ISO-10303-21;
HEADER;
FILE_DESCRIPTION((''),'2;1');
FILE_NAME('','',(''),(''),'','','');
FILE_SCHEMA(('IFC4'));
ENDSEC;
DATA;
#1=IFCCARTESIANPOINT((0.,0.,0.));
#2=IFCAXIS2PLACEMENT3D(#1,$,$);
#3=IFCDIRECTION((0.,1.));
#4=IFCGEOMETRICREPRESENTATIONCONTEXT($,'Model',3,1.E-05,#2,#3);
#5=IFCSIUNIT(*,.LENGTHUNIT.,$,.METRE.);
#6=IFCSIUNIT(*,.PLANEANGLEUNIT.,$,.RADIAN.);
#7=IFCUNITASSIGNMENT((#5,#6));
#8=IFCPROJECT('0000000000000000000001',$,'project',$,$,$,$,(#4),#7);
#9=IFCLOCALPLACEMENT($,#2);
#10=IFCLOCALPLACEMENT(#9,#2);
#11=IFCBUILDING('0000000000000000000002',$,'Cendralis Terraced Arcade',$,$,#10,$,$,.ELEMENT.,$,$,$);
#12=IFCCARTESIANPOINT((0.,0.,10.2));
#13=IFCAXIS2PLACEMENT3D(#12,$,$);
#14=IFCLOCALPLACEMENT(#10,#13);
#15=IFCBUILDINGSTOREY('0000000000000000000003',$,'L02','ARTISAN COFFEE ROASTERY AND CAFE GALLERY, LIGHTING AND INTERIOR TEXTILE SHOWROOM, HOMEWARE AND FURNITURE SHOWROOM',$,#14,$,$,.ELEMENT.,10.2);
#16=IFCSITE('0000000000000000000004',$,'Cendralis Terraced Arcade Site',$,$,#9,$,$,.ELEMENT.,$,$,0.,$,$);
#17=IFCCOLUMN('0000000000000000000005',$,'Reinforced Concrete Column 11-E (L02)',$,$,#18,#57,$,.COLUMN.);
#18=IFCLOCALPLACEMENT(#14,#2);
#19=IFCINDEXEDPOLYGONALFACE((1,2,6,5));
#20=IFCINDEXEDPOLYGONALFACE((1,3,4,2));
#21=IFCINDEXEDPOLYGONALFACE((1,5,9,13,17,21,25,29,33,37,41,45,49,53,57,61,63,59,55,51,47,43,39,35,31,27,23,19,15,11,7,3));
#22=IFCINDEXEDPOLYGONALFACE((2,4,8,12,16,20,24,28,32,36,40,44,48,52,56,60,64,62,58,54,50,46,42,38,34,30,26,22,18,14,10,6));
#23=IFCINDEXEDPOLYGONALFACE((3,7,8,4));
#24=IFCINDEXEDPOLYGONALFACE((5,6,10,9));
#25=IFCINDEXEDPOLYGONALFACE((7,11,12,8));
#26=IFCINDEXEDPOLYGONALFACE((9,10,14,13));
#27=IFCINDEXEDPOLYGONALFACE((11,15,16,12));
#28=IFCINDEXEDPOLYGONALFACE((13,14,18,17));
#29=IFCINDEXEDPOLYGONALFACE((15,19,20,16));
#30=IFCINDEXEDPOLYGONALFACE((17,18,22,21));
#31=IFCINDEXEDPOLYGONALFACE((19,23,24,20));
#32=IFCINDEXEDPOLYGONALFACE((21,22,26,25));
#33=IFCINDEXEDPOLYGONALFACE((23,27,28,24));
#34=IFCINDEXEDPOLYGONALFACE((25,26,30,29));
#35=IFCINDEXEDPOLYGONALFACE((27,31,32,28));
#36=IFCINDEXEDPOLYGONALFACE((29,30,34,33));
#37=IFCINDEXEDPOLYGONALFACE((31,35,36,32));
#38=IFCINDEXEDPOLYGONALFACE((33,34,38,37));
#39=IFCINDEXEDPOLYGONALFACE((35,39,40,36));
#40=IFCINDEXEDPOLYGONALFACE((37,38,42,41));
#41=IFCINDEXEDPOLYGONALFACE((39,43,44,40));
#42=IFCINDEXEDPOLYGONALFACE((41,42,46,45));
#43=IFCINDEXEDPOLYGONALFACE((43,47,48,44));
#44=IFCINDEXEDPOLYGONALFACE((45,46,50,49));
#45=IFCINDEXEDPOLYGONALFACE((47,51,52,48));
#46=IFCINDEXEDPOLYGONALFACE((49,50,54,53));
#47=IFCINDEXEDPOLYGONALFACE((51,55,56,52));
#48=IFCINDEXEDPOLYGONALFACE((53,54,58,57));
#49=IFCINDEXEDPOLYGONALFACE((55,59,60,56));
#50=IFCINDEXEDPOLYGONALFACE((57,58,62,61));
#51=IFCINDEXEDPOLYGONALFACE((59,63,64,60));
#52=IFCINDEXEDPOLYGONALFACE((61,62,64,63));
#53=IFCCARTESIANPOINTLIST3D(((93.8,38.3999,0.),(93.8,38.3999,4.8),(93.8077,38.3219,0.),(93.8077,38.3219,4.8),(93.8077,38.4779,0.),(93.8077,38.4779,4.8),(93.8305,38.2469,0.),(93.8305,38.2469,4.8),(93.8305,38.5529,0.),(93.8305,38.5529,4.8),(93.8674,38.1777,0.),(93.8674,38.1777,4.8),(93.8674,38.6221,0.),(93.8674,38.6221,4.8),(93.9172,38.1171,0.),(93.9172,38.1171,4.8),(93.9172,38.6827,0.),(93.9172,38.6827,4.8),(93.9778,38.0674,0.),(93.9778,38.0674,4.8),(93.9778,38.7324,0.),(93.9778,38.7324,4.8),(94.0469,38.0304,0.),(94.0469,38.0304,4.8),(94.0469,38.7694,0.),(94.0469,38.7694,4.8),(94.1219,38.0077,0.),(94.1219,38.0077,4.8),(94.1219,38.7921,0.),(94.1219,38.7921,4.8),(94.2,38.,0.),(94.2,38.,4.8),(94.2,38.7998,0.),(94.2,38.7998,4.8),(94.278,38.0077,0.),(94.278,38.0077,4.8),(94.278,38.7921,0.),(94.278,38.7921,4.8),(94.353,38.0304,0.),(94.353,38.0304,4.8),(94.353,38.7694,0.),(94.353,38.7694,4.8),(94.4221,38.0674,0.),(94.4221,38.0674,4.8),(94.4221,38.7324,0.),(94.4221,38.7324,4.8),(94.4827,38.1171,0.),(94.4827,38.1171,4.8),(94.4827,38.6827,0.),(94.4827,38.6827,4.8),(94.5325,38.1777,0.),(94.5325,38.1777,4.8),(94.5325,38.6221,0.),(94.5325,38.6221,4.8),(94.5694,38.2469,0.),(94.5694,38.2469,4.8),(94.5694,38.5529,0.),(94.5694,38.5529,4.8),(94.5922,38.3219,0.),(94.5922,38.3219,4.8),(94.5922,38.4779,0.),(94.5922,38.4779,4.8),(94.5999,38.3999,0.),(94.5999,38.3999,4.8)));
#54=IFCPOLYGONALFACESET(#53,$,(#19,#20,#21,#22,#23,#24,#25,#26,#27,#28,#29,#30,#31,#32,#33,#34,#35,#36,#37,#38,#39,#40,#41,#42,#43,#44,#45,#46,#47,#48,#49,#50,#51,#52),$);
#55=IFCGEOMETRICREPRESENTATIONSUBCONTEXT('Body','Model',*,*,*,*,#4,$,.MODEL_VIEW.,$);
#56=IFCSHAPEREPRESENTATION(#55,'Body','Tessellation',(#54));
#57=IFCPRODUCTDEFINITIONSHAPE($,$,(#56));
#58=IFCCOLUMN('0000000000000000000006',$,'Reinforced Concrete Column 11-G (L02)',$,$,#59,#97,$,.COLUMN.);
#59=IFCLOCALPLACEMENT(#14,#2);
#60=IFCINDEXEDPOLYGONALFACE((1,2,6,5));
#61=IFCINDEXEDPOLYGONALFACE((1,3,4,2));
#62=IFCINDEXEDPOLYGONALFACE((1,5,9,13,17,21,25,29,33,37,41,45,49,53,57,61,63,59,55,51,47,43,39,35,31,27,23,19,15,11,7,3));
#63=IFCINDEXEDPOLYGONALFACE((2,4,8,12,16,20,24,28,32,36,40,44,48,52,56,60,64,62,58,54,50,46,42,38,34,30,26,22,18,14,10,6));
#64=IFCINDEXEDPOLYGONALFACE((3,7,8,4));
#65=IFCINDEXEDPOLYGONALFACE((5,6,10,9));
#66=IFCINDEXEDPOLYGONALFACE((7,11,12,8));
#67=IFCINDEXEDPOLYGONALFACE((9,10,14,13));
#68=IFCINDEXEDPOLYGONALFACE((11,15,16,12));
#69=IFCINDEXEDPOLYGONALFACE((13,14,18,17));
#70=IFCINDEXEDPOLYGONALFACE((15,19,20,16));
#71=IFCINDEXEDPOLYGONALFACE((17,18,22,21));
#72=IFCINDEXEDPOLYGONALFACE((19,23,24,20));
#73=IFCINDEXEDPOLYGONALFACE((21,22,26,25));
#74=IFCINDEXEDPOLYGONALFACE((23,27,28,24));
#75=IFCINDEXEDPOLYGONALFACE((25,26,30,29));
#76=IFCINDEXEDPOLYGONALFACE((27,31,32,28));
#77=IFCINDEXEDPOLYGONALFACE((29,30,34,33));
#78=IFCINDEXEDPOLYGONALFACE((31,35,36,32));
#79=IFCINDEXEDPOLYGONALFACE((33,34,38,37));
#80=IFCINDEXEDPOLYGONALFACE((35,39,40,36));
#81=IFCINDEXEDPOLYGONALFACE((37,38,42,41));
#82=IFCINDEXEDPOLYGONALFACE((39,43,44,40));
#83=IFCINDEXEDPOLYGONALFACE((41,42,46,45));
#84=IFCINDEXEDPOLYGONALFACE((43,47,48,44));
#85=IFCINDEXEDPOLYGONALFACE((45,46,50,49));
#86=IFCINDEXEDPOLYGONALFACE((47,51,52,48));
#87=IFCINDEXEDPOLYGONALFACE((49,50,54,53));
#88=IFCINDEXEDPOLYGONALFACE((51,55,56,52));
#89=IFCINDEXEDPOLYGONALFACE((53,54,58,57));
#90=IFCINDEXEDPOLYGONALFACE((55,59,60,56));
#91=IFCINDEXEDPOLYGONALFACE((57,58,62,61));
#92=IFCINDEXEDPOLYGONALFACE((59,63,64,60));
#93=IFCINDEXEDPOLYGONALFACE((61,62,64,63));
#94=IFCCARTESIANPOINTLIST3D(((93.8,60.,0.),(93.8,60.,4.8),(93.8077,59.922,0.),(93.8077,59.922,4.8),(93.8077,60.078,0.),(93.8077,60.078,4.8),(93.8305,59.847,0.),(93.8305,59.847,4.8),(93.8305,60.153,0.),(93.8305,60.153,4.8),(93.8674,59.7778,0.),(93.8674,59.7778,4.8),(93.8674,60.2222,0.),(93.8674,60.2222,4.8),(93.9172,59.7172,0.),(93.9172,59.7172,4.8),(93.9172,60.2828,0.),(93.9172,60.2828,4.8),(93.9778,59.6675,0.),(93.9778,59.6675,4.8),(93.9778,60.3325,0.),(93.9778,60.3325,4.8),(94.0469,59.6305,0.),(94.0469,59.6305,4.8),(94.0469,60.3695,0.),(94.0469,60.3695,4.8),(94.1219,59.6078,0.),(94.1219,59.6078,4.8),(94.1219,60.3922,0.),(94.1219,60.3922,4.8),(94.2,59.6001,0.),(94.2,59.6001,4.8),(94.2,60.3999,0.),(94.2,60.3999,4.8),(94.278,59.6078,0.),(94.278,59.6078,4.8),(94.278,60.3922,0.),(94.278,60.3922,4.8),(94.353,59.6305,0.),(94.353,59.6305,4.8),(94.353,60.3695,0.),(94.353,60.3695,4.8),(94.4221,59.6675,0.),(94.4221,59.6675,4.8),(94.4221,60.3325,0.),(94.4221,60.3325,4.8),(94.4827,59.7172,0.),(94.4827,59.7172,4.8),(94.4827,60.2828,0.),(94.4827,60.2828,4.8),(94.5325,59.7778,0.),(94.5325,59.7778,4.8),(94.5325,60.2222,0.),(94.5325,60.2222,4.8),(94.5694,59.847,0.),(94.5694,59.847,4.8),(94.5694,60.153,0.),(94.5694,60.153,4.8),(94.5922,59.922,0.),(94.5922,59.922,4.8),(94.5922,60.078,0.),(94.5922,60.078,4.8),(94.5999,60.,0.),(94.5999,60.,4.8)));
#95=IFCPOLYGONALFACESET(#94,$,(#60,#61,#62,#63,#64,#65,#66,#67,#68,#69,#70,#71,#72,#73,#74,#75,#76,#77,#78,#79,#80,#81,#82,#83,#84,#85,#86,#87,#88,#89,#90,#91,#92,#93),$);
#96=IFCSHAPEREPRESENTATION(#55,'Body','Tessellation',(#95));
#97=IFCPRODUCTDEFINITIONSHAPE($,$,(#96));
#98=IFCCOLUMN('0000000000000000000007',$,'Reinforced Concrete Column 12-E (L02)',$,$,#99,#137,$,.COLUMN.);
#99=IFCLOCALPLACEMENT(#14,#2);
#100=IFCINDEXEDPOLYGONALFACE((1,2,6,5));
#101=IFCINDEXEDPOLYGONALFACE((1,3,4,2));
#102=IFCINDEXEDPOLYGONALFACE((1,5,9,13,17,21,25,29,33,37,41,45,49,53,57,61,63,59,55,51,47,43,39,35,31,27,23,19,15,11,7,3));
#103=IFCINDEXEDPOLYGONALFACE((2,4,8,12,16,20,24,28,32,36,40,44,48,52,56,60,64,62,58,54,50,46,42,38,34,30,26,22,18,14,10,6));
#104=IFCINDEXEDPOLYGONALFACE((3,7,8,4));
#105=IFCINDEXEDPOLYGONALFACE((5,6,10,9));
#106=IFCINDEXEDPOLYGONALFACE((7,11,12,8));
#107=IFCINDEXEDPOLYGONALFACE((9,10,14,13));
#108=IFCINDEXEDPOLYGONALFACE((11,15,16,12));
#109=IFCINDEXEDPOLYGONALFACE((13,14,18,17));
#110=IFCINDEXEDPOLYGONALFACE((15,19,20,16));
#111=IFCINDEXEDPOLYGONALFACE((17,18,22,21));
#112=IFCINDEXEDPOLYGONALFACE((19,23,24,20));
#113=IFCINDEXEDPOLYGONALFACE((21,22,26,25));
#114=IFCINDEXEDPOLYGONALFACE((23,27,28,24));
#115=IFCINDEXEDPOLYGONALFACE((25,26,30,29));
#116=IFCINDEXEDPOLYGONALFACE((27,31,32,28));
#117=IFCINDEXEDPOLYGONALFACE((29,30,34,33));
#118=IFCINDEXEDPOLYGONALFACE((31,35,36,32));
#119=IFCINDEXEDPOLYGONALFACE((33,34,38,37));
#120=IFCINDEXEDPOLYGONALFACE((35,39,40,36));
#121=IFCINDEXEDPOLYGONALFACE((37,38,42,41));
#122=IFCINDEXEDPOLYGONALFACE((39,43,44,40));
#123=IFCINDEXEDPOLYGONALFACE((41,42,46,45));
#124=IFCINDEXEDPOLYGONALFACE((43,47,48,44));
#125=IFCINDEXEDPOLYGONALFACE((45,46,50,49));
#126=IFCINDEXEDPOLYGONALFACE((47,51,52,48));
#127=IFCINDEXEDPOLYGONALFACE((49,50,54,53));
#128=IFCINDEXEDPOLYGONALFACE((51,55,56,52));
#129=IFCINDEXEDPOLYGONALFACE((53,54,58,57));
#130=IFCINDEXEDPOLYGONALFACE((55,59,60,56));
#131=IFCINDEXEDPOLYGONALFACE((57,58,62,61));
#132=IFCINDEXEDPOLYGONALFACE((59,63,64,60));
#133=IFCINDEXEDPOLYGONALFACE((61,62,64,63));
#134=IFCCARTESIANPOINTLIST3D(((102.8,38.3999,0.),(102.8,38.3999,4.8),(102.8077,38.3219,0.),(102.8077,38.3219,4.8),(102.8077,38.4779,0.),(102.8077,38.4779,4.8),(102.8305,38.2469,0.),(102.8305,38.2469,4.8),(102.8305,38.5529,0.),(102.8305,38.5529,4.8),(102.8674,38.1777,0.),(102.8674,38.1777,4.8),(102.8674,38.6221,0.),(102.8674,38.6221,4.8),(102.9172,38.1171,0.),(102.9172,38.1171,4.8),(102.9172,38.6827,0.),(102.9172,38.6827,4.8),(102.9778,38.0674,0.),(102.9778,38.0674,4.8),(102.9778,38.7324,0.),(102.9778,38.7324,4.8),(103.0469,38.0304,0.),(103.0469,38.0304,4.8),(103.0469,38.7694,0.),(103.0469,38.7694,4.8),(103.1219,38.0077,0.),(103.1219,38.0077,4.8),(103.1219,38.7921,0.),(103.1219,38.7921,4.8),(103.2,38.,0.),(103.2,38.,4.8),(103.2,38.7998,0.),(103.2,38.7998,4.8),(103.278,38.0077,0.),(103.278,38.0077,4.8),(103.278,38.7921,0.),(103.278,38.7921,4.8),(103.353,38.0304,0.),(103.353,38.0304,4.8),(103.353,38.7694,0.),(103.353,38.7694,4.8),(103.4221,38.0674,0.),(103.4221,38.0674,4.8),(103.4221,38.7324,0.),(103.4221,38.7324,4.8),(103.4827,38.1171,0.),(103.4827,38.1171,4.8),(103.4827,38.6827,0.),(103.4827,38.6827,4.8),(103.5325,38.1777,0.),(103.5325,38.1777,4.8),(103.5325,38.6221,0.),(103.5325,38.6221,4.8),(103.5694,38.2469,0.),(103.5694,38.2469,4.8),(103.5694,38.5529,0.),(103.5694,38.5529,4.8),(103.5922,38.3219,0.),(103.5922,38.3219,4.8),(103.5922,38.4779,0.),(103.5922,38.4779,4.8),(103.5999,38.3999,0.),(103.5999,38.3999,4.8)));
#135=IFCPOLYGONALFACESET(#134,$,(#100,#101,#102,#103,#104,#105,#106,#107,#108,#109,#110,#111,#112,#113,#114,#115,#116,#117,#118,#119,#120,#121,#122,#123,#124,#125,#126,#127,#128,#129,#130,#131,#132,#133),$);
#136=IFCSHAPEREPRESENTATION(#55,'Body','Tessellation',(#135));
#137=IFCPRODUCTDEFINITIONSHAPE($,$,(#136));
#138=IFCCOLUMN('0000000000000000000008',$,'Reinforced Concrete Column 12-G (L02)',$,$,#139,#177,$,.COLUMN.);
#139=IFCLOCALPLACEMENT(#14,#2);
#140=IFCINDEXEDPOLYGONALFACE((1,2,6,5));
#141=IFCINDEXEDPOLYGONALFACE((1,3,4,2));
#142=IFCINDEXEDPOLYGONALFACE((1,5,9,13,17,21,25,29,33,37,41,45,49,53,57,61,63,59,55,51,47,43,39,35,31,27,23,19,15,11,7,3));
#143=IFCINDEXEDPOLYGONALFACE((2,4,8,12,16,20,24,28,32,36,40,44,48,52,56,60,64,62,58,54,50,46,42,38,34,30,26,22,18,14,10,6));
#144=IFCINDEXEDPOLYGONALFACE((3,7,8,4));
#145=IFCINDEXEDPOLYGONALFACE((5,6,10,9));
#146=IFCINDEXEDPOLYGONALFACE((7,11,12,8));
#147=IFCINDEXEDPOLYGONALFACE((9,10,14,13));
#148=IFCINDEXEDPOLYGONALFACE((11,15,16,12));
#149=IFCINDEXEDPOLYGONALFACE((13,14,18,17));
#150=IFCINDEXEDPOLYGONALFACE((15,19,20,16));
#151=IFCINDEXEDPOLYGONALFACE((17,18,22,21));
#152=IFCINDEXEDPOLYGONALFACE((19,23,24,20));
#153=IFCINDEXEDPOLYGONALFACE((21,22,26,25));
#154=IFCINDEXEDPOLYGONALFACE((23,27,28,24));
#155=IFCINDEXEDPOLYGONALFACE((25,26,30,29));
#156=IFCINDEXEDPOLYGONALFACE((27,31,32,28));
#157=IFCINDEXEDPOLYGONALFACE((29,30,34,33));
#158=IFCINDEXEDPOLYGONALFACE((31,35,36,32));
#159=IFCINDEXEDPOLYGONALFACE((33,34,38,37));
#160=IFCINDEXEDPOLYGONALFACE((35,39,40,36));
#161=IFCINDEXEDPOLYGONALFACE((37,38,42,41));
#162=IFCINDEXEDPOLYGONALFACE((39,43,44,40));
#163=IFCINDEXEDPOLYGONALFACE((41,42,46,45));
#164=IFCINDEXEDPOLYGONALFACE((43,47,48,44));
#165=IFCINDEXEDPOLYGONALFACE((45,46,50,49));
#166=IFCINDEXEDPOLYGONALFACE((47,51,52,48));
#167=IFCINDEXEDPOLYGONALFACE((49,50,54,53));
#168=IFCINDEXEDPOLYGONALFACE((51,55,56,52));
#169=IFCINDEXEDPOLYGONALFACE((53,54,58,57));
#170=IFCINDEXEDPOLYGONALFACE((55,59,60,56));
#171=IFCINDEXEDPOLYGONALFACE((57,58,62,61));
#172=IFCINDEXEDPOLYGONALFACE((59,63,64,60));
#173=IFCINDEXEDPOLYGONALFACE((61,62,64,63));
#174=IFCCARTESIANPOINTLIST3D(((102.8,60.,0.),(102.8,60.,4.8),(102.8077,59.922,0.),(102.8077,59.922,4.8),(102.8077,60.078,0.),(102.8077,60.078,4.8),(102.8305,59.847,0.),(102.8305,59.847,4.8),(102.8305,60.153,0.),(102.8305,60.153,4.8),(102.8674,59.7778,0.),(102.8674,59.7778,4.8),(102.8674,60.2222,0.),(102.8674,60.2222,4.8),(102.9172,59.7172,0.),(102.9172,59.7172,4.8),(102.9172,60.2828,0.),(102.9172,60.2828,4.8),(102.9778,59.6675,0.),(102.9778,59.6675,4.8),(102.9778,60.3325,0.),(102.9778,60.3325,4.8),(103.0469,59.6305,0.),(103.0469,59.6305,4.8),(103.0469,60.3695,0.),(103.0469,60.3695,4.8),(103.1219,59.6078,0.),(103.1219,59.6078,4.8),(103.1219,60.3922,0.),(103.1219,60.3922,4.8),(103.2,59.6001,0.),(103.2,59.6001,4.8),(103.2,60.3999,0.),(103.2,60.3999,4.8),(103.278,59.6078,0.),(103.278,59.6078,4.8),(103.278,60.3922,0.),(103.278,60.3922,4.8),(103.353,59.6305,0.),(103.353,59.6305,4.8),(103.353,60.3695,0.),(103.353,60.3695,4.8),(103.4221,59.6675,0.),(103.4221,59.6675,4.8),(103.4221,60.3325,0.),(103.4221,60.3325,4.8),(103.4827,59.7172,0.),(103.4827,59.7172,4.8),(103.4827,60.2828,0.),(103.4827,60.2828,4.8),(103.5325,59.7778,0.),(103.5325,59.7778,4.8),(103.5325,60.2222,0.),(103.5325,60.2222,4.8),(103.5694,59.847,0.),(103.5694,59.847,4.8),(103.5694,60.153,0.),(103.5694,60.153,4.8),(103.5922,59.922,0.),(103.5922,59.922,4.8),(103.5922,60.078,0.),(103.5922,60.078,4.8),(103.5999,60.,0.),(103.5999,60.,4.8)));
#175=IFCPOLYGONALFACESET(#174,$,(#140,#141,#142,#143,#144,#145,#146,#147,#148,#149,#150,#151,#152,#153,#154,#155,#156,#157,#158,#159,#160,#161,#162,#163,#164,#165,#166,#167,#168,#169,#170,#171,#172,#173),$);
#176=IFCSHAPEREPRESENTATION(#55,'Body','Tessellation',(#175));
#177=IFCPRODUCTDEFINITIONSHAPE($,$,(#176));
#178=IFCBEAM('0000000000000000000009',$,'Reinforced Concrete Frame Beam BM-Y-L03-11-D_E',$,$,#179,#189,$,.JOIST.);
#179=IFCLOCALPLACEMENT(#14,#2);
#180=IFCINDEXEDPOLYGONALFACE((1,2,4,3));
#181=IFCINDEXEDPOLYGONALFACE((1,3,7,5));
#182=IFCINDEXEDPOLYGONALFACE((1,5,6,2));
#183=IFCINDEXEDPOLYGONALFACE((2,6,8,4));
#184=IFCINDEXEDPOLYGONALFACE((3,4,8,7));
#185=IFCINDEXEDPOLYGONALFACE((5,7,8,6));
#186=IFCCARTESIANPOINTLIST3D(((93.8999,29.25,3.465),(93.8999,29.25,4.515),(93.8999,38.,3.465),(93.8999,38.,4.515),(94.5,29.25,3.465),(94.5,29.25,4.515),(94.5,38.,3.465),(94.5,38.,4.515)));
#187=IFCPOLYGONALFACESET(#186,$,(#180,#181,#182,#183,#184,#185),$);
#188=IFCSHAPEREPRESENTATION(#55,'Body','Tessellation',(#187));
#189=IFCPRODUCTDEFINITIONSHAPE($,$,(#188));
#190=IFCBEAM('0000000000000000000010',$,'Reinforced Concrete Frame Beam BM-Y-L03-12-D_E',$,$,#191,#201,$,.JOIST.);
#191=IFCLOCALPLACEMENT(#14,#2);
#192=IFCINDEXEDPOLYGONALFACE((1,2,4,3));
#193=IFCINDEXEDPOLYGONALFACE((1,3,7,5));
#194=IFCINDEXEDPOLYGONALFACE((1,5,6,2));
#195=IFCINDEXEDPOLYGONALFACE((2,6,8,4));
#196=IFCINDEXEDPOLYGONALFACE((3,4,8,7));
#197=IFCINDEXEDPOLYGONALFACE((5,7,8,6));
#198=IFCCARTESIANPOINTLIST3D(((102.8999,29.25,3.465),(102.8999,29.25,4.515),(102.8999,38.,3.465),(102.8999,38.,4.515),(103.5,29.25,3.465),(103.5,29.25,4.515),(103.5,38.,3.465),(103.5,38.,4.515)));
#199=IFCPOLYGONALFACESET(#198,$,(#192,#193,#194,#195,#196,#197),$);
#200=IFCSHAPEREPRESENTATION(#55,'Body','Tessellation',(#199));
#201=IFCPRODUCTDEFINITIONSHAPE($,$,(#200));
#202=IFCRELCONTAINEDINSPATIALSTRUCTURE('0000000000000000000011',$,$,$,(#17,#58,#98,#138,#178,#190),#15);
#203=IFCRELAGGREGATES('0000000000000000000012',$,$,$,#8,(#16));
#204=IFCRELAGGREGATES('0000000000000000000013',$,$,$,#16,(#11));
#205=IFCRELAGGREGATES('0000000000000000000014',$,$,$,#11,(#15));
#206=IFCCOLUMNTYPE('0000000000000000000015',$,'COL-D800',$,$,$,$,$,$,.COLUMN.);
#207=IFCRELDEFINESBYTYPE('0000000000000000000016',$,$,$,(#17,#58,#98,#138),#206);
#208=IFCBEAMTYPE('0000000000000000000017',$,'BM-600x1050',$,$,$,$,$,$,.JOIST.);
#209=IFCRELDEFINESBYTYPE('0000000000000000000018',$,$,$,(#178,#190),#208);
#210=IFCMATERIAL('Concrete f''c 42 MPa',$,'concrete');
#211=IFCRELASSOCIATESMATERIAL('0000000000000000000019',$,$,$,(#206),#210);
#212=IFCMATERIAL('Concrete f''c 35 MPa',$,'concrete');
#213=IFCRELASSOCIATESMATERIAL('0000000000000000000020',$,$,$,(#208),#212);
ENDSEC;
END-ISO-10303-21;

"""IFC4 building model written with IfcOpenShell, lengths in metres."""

from ifc_helpers import new_model, si_unit, direction, frame, origin, origin_2d, place, context, subcontext, project, spatial, rectangle, circle, extrude, material, material_profile, profile_set, type_object, element, save


model = new_model("IFC4")

# Units and contexts
model_context = context("Model", 3, precision=1e-05, world=origin(), true_north=direction((0.0, 1.0)))
body_context = subcontext(model_context, "Body", "Model", "MODEL_VIEW")
ifc_project = project(units=[si_unit("LENGTHUNIT", "METRE"), si_unit("PLANEANGLEUNIT", "RADIAN")], contexts=[model_context])

# Site, building, storey
site_placement = place(None, origin())
site = spatial("IfcSite", under=ifc_project, at=site_placement, Name="Cendralis Terraced Arcade Site", CompositionType="ELEMENT", RefElevation=0.0)
building_placement = place(site_placement, origin())
building = spatial("IfcBuilding", under=site, at=building_placement, Name="Cendralis Terraced Arcade", CompositionType="ELEMENT")
storey_placement = place(building_placement, frame((0.0, 0.0, 10.2)))
storey = spatial("IfcBuildingStorey", under=building, at=storey_placement, Name="L02", Description="ARTISAN COFFEE ROASTERY AND CAFE GALLERY, LIGHTING AND INTERIOR TEXTILE SHOWROOM, HOMEWARE AND FURNITURE SHOWROOM", CompositionType="ELEMENT", Elevation=10.2)

# Columns
ifc_material_1 = material(Name="Concrete f'c 42 MPa", Category="concrete")
ifc_material_profile_1 = material_profile(ifc_material_1, circle(Radius=0.3999, at=origin_2d()), Name="RC-COL-D800", Category="LoadBearing")
ifc_profile_set_1 = profile_set([ifc_material_profile_1], Name="Concrete f'c 42 MPa")
column_type = type_object("IfcColumnType", Name="COL-D800", PredefinedType="COLUMN", material=ifc_profile_set_1)
for number, where, z_axis, x_axis, name in (
    (1, (94.2, 38.3999, 0.0), (0.0, 0.0, 1.0), (1.0, 0.0, 0.0), "Reinforced Concrete Column 11-E (L02)"),
    (2, (94.2, 60.0, 0.0), (0.0, 0.0, 1.0), (1.0, 0.0, 0.0), "Reinforced Concrete Column 11-G (L02)"),
    (3, (103.2, 38.3999, 0.0), (0.0, 0.0, 1.0), (1.0, 0.0, 0.0), "Reinforced Concrete Column 12-E (L02)"),
    (4, (103.2, 60.0, 0.0), (0.0, 0.0, 1.0), (1.0, 0.0, 0.0), "Reinforced Concrete Column 12-G (L02)"),
):
    element("IfcColumn", number, at=place(storey_placement, frame(where, z_axis=z_axis, x_axis=x_axis)), inside=storey, type_object=column_type, Name=name, PredefinedType="COLUMN", context=body_context, shape_type="SweptSolid", body=[
        extrude(circle(Radius=0.3999, at=origin_2d()), origin(), (0.0, 0.0, 1.0), 4.8),
    ])

# Beams
ifc_material_2 = material(Name="Concrete f'c 35 MPa", Category="concrete")
ifc_material_profile_2 = material_profile(ifc_material_2, rectangle(XDim=0.6001, YDim=1.05, at=origin_2d()), Name="RC-BM-600x1050", Category="LoadBearing")
ifc_profile_set_2 = profile_set([ifc_material_profile_2], Name="Concrete f'c 35 MPa")
beam_type_1 = type_object("IfcBeamType", Name="BM-600x1050", PredefinedType="JOIST", material=ifc_profile_set_2)
for number, where, z_axis, x_axis, name in (
    (5, (94.2, 29.25, 3.99), (0.0, 1.0, 0.0), (-1.0, 0.0, 0.0), "Reinforced Concrete Frame Beam BM-Y-L03-11-D_E"),
    (6, (103.2, 29.25, 3.99), (0.0, 1.0, 0.0), (-1.0, 0.0, 0.0), "Reinforced Concrete Frame Beam BM-Y-L03-12-D_E"),
):
    element("IfcBeam", number, at=place(storey_placement, frame(where, z_axis=z_axis, x_axis=x_axis)), inside=storey, type_object=beam_type_1, Name=name, PredefinedType="JOIST", context=body_context, shape_type="SweptSolid", body=[
        extrude(rectangle(XDim=0.6001, YDim=1.05, at=origin_2d()), origin(), (0.0, 0.0, 1.0), 8.75),
    ])

save(model, "model.ifc")
